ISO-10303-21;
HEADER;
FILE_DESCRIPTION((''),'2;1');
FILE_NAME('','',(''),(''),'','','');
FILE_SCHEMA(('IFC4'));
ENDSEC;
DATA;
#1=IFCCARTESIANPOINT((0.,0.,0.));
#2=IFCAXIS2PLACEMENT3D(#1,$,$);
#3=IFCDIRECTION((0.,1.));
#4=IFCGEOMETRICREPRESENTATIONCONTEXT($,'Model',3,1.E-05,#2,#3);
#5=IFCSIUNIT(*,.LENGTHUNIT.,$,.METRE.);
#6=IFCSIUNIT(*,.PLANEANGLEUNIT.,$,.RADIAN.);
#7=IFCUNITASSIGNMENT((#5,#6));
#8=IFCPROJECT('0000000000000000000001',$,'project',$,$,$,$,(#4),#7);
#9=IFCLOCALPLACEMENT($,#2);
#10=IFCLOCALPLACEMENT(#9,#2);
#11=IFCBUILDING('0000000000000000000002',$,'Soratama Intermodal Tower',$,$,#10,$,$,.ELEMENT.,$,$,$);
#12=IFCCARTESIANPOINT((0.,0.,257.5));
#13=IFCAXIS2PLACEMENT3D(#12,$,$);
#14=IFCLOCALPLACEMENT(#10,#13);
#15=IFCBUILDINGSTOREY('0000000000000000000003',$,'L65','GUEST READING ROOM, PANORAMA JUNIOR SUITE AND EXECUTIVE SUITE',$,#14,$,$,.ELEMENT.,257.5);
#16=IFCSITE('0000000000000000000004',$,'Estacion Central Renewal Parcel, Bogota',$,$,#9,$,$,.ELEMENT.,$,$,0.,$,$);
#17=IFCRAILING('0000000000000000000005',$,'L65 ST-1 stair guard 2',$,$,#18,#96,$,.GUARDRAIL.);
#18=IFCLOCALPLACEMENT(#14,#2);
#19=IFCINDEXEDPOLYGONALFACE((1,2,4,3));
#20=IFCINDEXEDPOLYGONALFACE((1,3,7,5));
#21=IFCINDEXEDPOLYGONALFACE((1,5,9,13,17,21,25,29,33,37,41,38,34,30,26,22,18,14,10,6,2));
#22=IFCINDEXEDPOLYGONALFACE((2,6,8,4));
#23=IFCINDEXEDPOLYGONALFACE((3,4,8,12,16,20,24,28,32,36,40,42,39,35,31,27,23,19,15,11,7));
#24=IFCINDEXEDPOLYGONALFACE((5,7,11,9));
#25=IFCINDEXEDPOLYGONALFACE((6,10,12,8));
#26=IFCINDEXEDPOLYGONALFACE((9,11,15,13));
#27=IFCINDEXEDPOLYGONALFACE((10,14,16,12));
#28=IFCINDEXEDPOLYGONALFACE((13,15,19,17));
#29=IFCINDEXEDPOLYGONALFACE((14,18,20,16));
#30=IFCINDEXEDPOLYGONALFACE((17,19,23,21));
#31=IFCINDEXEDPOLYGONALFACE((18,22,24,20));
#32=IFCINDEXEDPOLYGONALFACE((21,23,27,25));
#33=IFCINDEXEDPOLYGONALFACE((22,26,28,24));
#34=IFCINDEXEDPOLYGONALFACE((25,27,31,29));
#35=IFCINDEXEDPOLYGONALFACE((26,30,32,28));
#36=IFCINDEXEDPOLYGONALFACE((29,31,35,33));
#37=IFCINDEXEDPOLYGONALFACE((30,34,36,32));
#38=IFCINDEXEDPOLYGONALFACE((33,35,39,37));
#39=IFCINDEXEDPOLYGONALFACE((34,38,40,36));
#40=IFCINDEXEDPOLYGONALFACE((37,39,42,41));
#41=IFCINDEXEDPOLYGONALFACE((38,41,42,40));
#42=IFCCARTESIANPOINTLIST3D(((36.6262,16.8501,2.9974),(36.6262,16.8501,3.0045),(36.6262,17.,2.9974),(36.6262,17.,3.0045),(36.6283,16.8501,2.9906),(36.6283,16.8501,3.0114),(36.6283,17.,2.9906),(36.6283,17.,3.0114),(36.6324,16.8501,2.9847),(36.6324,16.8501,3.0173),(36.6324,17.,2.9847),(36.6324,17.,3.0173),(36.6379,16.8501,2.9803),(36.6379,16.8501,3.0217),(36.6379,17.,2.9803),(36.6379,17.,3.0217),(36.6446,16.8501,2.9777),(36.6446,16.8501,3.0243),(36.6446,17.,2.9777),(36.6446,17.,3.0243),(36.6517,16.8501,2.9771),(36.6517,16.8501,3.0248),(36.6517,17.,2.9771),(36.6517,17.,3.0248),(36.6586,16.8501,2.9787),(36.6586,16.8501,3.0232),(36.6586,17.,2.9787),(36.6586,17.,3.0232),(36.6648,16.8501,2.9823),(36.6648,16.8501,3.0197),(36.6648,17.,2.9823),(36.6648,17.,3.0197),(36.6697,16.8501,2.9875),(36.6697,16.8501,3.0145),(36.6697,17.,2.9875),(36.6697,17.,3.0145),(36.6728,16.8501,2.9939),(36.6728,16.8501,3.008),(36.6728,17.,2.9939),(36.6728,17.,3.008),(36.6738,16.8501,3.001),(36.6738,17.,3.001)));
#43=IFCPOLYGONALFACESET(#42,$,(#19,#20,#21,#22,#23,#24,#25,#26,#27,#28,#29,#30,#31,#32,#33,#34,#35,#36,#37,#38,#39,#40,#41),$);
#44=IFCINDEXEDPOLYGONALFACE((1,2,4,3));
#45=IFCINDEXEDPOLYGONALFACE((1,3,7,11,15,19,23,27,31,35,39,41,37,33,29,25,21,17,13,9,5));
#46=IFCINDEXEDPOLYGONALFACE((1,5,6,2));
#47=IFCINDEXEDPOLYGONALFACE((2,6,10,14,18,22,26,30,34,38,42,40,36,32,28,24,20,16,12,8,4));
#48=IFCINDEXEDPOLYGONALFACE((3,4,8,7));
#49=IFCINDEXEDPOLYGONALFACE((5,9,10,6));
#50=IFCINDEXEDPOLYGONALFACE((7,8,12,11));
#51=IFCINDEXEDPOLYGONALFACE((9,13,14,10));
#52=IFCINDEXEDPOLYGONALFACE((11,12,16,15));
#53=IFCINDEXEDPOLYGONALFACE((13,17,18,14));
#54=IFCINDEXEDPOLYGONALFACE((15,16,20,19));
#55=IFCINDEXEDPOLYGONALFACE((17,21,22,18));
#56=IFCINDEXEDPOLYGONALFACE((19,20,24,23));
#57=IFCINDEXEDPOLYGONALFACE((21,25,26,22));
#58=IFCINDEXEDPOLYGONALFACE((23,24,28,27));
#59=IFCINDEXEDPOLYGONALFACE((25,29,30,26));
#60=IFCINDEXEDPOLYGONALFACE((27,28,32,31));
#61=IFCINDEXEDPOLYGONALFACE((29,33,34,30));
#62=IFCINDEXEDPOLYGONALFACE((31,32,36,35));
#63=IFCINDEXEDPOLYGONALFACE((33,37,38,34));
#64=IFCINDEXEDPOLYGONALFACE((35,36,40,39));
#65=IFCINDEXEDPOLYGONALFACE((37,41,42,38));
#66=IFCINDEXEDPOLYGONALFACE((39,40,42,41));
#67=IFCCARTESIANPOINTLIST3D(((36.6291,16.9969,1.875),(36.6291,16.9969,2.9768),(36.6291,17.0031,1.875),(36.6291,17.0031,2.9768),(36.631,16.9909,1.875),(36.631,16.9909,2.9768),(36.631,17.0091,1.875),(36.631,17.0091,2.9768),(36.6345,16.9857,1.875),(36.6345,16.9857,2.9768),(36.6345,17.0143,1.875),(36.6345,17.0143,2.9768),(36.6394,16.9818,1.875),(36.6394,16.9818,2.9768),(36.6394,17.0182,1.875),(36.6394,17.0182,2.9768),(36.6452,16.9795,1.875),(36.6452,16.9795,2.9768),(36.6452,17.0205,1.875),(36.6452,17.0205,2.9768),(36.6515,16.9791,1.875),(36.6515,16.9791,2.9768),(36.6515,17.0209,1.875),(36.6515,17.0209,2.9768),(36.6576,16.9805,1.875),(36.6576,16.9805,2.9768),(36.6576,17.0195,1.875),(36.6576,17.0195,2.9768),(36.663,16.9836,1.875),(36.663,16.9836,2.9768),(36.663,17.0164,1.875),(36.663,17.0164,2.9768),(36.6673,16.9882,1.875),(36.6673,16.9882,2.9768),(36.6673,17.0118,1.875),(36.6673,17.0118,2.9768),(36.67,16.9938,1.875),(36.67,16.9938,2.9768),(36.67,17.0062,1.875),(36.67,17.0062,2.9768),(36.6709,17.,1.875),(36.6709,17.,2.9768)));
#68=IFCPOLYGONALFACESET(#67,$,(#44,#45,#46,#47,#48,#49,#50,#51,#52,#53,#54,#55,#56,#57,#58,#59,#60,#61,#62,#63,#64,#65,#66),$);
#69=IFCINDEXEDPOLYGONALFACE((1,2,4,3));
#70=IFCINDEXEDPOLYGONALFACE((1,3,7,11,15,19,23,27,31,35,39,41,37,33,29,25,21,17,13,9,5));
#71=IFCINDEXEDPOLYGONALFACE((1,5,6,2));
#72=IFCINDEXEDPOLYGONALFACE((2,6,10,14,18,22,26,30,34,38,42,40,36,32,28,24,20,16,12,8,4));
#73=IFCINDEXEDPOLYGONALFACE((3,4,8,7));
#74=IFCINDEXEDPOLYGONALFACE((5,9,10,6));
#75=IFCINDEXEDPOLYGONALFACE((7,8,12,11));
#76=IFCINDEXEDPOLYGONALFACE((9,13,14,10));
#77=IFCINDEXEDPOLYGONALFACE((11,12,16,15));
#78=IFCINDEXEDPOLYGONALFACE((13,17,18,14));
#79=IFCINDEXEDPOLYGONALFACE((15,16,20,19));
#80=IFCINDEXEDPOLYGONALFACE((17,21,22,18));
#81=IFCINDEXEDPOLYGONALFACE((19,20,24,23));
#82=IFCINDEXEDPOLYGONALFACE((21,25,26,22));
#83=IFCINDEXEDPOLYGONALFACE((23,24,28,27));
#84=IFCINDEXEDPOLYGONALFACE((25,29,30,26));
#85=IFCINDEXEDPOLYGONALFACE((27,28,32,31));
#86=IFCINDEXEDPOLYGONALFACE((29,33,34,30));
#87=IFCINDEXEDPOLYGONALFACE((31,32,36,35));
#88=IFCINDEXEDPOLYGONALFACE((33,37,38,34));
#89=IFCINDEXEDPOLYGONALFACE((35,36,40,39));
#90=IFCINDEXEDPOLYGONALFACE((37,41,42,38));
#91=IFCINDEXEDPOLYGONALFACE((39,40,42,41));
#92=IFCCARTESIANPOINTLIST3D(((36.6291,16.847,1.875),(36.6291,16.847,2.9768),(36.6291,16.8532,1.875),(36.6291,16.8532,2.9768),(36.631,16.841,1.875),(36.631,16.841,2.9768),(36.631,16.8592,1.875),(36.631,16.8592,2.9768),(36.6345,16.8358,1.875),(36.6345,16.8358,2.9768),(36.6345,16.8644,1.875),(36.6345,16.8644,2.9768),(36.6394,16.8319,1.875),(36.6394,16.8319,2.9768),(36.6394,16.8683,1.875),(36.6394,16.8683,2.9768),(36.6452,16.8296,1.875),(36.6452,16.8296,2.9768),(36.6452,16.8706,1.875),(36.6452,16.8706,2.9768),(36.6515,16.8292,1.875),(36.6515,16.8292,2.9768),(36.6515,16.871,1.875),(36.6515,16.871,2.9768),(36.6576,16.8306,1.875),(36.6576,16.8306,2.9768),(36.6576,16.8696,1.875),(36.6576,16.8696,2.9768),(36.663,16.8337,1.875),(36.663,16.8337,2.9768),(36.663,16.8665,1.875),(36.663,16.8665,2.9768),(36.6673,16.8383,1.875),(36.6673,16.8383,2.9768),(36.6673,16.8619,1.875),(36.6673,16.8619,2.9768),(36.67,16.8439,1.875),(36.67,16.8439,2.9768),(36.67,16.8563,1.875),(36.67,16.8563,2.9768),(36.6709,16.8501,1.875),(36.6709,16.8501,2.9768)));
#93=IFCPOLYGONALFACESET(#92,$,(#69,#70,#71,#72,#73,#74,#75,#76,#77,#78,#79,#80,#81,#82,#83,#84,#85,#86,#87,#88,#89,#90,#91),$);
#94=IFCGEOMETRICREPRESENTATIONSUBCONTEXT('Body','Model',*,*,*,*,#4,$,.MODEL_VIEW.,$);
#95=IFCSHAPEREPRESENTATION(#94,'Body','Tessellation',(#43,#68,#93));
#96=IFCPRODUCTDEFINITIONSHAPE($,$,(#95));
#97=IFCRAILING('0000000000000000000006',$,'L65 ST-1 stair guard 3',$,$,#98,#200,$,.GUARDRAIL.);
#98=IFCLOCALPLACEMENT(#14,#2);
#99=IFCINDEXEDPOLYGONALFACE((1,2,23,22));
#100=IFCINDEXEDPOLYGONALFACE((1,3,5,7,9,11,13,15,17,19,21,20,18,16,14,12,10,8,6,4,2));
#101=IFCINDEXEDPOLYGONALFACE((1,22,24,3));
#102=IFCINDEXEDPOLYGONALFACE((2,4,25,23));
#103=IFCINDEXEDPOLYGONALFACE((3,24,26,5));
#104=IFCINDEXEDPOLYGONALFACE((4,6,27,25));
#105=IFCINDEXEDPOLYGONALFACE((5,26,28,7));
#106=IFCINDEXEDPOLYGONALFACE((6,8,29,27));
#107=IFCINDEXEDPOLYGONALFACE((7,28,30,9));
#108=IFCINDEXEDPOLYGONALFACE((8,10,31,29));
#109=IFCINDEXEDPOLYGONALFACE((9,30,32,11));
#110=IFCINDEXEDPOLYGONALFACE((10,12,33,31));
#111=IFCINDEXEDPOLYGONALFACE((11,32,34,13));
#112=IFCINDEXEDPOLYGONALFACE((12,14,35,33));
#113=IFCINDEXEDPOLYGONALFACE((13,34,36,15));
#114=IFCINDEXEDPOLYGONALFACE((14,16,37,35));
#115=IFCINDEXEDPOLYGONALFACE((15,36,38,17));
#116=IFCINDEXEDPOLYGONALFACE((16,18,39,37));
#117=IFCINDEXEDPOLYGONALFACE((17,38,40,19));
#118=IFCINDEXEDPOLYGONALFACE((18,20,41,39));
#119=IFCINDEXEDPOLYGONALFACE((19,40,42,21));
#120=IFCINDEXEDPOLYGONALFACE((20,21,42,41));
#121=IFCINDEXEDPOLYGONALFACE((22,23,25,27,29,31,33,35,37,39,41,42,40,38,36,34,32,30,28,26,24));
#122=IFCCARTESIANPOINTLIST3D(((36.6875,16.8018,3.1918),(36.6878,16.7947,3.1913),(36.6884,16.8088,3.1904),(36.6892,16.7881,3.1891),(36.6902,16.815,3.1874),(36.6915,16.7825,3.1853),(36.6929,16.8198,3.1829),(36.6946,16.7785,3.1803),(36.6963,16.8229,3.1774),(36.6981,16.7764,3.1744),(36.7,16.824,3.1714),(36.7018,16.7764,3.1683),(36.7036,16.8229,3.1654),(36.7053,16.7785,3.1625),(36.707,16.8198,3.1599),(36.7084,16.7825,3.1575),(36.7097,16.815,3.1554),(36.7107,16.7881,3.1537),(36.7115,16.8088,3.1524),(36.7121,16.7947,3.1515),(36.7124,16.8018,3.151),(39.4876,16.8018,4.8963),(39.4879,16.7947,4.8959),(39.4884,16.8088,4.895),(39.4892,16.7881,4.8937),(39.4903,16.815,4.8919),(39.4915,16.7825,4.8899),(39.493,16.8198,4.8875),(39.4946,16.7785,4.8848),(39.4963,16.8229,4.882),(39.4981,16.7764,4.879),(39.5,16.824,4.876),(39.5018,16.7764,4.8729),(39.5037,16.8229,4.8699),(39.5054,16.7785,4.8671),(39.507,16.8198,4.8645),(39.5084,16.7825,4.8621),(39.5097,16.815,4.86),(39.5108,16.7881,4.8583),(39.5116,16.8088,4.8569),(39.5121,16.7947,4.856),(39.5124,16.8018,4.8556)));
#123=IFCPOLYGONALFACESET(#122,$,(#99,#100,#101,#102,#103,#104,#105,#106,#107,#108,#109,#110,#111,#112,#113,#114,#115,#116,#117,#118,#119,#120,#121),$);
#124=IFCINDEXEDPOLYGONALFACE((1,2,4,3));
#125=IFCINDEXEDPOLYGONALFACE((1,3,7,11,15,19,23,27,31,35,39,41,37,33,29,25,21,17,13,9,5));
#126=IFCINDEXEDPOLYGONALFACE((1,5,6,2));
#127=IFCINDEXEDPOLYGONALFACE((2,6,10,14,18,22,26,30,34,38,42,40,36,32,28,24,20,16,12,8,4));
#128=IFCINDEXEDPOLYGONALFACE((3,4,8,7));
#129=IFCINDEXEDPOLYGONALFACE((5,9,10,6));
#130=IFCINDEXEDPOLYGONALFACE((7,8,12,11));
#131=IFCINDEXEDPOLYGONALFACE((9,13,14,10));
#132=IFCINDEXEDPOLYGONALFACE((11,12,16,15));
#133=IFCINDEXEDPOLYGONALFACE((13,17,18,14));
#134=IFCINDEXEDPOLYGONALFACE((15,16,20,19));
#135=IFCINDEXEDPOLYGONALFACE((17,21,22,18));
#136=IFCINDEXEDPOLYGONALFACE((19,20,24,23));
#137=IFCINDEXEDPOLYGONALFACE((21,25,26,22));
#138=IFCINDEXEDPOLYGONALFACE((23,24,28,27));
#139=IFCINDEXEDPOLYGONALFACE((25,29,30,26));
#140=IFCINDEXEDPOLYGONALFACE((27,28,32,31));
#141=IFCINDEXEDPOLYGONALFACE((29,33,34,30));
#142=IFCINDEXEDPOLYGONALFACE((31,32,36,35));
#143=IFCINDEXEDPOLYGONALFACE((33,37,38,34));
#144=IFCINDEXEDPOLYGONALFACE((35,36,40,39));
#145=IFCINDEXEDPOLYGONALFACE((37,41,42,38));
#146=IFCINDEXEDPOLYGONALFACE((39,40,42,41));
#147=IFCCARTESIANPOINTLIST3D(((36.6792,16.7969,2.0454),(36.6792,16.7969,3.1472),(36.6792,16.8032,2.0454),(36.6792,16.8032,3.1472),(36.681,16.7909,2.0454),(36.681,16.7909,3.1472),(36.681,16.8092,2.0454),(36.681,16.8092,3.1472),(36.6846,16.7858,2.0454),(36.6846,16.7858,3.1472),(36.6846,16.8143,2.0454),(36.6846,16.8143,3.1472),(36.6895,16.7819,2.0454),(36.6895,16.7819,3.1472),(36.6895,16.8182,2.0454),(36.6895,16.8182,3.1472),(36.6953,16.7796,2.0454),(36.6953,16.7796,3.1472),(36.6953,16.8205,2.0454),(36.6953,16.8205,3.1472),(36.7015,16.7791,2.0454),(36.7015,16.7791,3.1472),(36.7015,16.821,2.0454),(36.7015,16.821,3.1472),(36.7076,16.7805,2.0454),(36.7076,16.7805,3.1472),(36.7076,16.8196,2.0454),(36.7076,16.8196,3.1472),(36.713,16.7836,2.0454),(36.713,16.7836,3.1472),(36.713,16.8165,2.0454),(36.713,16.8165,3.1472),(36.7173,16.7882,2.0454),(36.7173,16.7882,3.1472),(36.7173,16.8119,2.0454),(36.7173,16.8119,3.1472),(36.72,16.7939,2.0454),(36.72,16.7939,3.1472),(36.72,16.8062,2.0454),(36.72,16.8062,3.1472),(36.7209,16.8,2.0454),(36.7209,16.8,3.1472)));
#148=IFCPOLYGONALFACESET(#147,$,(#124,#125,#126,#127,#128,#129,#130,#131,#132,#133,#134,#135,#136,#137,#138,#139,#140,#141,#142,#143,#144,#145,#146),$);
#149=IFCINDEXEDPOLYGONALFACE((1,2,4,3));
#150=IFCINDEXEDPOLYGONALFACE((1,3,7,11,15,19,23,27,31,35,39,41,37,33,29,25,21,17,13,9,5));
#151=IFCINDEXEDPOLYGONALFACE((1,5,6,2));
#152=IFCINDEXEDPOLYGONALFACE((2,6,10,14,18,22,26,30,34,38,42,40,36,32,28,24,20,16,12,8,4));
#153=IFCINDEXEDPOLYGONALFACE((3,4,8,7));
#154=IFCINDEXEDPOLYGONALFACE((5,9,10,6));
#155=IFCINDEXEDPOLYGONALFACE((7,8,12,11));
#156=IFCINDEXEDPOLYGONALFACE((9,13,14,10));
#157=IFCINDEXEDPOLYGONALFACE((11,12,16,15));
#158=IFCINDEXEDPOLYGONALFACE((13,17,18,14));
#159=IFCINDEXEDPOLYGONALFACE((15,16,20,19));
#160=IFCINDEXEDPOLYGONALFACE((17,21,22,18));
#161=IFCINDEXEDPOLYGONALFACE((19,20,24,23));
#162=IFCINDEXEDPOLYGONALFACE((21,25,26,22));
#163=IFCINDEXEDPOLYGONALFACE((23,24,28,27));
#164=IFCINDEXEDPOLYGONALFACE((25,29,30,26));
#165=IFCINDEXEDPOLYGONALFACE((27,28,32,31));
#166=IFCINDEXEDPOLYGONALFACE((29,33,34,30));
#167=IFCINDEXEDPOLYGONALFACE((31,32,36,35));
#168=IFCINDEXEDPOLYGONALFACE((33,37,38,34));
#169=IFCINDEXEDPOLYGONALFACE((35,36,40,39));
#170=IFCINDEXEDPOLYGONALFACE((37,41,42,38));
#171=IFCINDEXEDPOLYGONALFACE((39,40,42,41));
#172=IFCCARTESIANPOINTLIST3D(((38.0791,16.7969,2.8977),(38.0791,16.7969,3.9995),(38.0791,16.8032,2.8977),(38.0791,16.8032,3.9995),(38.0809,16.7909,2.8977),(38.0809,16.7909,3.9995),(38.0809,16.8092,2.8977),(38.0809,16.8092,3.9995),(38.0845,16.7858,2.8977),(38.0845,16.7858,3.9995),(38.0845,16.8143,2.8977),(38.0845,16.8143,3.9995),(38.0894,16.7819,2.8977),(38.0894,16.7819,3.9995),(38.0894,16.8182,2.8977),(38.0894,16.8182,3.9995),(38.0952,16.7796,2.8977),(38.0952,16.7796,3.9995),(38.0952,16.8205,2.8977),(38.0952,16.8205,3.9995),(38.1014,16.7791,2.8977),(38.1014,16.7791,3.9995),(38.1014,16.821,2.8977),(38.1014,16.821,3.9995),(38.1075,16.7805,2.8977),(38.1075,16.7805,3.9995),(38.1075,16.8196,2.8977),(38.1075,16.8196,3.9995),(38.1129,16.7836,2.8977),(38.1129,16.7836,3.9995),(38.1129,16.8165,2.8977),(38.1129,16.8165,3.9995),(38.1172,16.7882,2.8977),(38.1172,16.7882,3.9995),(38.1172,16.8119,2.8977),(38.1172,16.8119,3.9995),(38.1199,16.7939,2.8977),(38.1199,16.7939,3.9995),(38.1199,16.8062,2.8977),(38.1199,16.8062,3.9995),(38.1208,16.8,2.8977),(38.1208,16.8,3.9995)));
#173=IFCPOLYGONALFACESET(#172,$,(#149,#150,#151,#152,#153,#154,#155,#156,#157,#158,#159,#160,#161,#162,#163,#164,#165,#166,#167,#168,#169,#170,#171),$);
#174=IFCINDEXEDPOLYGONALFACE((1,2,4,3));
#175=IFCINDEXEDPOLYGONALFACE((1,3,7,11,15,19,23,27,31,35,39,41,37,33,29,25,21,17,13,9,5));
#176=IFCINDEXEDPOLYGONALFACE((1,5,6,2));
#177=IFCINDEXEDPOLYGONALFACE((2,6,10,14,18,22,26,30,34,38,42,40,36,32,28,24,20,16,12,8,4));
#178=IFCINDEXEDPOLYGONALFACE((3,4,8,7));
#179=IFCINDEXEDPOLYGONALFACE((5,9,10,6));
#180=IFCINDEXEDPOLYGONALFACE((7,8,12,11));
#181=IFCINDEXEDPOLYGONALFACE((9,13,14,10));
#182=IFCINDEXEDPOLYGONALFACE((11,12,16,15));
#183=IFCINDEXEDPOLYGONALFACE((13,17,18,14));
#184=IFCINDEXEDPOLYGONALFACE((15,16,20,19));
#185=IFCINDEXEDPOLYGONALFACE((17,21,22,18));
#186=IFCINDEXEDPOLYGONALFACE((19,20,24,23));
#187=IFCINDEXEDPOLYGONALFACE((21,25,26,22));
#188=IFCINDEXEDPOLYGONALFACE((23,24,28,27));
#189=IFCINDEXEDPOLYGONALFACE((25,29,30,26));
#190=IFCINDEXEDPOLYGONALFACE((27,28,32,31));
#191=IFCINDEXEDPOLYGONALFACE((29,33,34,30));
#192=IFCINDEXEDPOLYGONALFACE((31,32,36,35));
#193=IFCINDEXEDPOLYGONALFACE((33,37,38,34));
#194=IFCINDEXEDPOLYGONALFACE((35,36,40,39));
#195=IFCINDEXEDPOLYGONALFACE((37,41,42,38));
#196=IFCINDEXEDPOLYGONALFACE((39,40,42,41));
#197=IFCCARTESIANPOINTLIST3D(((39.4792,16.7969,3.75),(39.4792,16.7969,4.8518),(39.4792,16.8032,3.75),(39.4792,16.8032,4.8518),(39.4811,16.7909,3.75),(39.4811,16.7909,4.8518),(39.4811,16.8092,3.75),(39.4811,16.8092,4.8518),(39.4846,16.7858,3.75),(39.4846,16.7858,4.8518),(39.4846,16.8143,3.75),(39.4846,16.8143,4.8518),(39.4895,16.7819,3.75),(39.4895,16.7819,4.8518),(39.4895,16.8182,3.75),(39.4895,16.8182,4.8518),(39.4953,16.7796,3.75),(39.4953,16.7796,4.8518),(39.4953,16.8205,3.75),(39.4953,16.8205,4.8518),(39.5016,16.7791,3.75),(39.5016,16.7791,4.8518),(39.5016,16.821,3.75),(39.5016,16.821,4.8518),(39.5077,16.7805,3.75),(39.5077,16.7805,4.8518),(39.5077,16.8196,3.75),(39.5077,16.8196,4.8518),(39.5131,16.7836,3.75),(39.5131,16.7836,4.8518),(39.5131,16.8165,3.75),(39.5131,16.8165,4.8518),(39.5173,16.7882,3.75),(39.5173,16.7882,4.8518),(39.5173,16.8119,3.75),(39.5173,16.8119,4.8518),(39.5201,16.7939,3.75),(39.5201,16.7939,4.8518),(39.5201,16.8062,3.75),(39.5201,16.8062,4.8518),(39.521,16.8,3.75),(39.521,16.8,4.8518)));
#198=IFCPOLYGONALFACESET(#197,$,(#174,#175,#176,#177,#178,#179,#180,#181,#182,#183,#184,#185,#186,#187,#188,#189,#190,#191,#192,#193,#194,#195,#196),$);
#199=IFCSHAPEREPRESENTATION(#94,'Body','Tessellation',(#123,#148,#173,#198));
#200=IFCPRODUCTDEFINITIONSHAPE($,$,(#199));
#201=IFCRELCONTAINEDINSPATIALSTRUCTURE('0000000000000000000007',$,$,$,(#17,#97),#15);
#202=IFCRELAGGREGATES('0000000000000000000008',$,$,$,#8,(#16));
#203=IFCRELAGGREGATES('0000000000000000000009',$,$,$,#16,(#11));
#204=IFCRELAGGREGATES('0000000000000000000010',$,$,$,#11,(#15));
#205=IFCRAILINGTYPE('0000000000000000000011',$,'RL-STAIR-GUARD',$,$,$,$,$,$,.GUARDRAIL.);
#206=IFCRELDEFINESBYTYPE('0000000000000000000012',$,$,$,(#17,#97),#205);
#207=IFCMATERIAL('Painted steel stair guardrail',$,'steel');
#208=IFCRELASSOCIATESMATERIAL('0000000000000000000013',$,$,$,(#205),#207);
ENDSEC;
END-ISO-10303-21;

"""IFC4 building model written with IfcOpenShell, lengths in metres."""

from ifc_helpers import new_model, si_unit, direction, frame, origin, origin_2d, place, context, subcontext, project, spatial, circle, extrude, material, type_object, element, save


model = new_model("IFC4")

# Units and contexts
model_context = context("Model", 3, precision=1e-05, world=origin(), true_north=direction((0.0, 1.0)))
body_context = subcontext(model_context, "Body", "Model", "MODEL_VIEW")
ifc_project = project(units=[si_unit("LENGTHUNIT", "METRE"), si_unit("PLANEANGLEUNIT", "RADIAN")], contexts=[model_context])

# Site, building, storey
site_placement = place(None, origin())
site = spatial("IfcSite", under=ifc_project, at=site_placement, Name="Estacion Central Renewal Parcel, Bogota", CompositionType="ELEMENT", RefElevation=0.0)
building_placement = place(site_placement, origin())
building = spatial("IfcBuilding", under=site, at=building_placement, Name="Soratama Intermodal Tower", CompositionType="ELEMENT")
storey_placement = place(building_placement, frame((0.0, 0.0, 257.5)))
storey = spatial("IfcBuildingStorey", under=building, at=storey_placement, Name="L65", Description="GUEST READING ROOM, PANORAMA JUNIOR SUITE AND EXECUTIVE SUITE", CompositionType="ELEMENT", Elevation=257.5)

# Railings
ifc_material_1 = material(Name="Painted steel stair guardrail", Category="steel")
railing_type_1 = type_object("IfcRailingType", Name="RL-STAIR-GUARD", PredefinedType="GUARDRAIL", material=ifc_material_1)
railing_1_placement = place(storey_placement, frame((36.6499, 17.0, 1.875)))
element("IfcRailing", 1, at=railing_1_placement, inside=storey, type_object=railing_type_1, Name="L65 ST-1 stair guard 2", PredefinedType="GUARDRAIL", context=body_context, shape_type="SweptSolid", body=[
    extrude(circle(Radius=0.0239, at=origin_2d()), frame((0.0, 0.0, 1.126), z_axis=(0.0, -1.0, 0.0), x_axis=(1.0, 0.0, 0.0)), (0.0, 0.0, 1.0), 0.1499),
    extrude(circle(Radius=0.021, at=origin_2d()), origin(), (0.0, 0.0, 1.0), 1.1018),
    extrude(circle(Radius=0.021, at=origin_2d()), frame((0.0, -0.1499, 0.0)), (0.0, 0.0, 1.0), 1.1018),
])
railing_2_placement = place(storey_placement, frame((36.7, 16.8, 2.0454)))
element("IfcRailing", 2, at=railing_2_placement, inside=storey, type_object=railing_type_1, Name="L65 ST-1 stair guard 3", PredefinedType="GUARDRAIL", context=body_context, shape_type="SweptSolid", body=[
    extrude(circle(Radius=0.0239, at=origin_2d()), frame((0.0, 0.0, 1.126), z_axis=(0.85417, 0.0, 0.519994), x_axis=(0.0, 1.0, 0.0)), (0.0, 0.0, 1.0), 3.2781),
    extrude(circle(Radius=0.021, at=origin_2d()), origin(), (0.0, 0.0, 1.0), 1.1018),
    extrude(circle(Radius=0.021, at=origin_2d()), frame((1.3999, 0.0, 0.8523)), (0.0, 0.0, 1.0), 1.1018),
    extrude(circle(Radius=0.021, at=origin_2d()), frame((2.8, 0.0, 1.7046)), (0.0, 0.0, 1.0), 1.1018),
])

save(model, "model.ifc")
